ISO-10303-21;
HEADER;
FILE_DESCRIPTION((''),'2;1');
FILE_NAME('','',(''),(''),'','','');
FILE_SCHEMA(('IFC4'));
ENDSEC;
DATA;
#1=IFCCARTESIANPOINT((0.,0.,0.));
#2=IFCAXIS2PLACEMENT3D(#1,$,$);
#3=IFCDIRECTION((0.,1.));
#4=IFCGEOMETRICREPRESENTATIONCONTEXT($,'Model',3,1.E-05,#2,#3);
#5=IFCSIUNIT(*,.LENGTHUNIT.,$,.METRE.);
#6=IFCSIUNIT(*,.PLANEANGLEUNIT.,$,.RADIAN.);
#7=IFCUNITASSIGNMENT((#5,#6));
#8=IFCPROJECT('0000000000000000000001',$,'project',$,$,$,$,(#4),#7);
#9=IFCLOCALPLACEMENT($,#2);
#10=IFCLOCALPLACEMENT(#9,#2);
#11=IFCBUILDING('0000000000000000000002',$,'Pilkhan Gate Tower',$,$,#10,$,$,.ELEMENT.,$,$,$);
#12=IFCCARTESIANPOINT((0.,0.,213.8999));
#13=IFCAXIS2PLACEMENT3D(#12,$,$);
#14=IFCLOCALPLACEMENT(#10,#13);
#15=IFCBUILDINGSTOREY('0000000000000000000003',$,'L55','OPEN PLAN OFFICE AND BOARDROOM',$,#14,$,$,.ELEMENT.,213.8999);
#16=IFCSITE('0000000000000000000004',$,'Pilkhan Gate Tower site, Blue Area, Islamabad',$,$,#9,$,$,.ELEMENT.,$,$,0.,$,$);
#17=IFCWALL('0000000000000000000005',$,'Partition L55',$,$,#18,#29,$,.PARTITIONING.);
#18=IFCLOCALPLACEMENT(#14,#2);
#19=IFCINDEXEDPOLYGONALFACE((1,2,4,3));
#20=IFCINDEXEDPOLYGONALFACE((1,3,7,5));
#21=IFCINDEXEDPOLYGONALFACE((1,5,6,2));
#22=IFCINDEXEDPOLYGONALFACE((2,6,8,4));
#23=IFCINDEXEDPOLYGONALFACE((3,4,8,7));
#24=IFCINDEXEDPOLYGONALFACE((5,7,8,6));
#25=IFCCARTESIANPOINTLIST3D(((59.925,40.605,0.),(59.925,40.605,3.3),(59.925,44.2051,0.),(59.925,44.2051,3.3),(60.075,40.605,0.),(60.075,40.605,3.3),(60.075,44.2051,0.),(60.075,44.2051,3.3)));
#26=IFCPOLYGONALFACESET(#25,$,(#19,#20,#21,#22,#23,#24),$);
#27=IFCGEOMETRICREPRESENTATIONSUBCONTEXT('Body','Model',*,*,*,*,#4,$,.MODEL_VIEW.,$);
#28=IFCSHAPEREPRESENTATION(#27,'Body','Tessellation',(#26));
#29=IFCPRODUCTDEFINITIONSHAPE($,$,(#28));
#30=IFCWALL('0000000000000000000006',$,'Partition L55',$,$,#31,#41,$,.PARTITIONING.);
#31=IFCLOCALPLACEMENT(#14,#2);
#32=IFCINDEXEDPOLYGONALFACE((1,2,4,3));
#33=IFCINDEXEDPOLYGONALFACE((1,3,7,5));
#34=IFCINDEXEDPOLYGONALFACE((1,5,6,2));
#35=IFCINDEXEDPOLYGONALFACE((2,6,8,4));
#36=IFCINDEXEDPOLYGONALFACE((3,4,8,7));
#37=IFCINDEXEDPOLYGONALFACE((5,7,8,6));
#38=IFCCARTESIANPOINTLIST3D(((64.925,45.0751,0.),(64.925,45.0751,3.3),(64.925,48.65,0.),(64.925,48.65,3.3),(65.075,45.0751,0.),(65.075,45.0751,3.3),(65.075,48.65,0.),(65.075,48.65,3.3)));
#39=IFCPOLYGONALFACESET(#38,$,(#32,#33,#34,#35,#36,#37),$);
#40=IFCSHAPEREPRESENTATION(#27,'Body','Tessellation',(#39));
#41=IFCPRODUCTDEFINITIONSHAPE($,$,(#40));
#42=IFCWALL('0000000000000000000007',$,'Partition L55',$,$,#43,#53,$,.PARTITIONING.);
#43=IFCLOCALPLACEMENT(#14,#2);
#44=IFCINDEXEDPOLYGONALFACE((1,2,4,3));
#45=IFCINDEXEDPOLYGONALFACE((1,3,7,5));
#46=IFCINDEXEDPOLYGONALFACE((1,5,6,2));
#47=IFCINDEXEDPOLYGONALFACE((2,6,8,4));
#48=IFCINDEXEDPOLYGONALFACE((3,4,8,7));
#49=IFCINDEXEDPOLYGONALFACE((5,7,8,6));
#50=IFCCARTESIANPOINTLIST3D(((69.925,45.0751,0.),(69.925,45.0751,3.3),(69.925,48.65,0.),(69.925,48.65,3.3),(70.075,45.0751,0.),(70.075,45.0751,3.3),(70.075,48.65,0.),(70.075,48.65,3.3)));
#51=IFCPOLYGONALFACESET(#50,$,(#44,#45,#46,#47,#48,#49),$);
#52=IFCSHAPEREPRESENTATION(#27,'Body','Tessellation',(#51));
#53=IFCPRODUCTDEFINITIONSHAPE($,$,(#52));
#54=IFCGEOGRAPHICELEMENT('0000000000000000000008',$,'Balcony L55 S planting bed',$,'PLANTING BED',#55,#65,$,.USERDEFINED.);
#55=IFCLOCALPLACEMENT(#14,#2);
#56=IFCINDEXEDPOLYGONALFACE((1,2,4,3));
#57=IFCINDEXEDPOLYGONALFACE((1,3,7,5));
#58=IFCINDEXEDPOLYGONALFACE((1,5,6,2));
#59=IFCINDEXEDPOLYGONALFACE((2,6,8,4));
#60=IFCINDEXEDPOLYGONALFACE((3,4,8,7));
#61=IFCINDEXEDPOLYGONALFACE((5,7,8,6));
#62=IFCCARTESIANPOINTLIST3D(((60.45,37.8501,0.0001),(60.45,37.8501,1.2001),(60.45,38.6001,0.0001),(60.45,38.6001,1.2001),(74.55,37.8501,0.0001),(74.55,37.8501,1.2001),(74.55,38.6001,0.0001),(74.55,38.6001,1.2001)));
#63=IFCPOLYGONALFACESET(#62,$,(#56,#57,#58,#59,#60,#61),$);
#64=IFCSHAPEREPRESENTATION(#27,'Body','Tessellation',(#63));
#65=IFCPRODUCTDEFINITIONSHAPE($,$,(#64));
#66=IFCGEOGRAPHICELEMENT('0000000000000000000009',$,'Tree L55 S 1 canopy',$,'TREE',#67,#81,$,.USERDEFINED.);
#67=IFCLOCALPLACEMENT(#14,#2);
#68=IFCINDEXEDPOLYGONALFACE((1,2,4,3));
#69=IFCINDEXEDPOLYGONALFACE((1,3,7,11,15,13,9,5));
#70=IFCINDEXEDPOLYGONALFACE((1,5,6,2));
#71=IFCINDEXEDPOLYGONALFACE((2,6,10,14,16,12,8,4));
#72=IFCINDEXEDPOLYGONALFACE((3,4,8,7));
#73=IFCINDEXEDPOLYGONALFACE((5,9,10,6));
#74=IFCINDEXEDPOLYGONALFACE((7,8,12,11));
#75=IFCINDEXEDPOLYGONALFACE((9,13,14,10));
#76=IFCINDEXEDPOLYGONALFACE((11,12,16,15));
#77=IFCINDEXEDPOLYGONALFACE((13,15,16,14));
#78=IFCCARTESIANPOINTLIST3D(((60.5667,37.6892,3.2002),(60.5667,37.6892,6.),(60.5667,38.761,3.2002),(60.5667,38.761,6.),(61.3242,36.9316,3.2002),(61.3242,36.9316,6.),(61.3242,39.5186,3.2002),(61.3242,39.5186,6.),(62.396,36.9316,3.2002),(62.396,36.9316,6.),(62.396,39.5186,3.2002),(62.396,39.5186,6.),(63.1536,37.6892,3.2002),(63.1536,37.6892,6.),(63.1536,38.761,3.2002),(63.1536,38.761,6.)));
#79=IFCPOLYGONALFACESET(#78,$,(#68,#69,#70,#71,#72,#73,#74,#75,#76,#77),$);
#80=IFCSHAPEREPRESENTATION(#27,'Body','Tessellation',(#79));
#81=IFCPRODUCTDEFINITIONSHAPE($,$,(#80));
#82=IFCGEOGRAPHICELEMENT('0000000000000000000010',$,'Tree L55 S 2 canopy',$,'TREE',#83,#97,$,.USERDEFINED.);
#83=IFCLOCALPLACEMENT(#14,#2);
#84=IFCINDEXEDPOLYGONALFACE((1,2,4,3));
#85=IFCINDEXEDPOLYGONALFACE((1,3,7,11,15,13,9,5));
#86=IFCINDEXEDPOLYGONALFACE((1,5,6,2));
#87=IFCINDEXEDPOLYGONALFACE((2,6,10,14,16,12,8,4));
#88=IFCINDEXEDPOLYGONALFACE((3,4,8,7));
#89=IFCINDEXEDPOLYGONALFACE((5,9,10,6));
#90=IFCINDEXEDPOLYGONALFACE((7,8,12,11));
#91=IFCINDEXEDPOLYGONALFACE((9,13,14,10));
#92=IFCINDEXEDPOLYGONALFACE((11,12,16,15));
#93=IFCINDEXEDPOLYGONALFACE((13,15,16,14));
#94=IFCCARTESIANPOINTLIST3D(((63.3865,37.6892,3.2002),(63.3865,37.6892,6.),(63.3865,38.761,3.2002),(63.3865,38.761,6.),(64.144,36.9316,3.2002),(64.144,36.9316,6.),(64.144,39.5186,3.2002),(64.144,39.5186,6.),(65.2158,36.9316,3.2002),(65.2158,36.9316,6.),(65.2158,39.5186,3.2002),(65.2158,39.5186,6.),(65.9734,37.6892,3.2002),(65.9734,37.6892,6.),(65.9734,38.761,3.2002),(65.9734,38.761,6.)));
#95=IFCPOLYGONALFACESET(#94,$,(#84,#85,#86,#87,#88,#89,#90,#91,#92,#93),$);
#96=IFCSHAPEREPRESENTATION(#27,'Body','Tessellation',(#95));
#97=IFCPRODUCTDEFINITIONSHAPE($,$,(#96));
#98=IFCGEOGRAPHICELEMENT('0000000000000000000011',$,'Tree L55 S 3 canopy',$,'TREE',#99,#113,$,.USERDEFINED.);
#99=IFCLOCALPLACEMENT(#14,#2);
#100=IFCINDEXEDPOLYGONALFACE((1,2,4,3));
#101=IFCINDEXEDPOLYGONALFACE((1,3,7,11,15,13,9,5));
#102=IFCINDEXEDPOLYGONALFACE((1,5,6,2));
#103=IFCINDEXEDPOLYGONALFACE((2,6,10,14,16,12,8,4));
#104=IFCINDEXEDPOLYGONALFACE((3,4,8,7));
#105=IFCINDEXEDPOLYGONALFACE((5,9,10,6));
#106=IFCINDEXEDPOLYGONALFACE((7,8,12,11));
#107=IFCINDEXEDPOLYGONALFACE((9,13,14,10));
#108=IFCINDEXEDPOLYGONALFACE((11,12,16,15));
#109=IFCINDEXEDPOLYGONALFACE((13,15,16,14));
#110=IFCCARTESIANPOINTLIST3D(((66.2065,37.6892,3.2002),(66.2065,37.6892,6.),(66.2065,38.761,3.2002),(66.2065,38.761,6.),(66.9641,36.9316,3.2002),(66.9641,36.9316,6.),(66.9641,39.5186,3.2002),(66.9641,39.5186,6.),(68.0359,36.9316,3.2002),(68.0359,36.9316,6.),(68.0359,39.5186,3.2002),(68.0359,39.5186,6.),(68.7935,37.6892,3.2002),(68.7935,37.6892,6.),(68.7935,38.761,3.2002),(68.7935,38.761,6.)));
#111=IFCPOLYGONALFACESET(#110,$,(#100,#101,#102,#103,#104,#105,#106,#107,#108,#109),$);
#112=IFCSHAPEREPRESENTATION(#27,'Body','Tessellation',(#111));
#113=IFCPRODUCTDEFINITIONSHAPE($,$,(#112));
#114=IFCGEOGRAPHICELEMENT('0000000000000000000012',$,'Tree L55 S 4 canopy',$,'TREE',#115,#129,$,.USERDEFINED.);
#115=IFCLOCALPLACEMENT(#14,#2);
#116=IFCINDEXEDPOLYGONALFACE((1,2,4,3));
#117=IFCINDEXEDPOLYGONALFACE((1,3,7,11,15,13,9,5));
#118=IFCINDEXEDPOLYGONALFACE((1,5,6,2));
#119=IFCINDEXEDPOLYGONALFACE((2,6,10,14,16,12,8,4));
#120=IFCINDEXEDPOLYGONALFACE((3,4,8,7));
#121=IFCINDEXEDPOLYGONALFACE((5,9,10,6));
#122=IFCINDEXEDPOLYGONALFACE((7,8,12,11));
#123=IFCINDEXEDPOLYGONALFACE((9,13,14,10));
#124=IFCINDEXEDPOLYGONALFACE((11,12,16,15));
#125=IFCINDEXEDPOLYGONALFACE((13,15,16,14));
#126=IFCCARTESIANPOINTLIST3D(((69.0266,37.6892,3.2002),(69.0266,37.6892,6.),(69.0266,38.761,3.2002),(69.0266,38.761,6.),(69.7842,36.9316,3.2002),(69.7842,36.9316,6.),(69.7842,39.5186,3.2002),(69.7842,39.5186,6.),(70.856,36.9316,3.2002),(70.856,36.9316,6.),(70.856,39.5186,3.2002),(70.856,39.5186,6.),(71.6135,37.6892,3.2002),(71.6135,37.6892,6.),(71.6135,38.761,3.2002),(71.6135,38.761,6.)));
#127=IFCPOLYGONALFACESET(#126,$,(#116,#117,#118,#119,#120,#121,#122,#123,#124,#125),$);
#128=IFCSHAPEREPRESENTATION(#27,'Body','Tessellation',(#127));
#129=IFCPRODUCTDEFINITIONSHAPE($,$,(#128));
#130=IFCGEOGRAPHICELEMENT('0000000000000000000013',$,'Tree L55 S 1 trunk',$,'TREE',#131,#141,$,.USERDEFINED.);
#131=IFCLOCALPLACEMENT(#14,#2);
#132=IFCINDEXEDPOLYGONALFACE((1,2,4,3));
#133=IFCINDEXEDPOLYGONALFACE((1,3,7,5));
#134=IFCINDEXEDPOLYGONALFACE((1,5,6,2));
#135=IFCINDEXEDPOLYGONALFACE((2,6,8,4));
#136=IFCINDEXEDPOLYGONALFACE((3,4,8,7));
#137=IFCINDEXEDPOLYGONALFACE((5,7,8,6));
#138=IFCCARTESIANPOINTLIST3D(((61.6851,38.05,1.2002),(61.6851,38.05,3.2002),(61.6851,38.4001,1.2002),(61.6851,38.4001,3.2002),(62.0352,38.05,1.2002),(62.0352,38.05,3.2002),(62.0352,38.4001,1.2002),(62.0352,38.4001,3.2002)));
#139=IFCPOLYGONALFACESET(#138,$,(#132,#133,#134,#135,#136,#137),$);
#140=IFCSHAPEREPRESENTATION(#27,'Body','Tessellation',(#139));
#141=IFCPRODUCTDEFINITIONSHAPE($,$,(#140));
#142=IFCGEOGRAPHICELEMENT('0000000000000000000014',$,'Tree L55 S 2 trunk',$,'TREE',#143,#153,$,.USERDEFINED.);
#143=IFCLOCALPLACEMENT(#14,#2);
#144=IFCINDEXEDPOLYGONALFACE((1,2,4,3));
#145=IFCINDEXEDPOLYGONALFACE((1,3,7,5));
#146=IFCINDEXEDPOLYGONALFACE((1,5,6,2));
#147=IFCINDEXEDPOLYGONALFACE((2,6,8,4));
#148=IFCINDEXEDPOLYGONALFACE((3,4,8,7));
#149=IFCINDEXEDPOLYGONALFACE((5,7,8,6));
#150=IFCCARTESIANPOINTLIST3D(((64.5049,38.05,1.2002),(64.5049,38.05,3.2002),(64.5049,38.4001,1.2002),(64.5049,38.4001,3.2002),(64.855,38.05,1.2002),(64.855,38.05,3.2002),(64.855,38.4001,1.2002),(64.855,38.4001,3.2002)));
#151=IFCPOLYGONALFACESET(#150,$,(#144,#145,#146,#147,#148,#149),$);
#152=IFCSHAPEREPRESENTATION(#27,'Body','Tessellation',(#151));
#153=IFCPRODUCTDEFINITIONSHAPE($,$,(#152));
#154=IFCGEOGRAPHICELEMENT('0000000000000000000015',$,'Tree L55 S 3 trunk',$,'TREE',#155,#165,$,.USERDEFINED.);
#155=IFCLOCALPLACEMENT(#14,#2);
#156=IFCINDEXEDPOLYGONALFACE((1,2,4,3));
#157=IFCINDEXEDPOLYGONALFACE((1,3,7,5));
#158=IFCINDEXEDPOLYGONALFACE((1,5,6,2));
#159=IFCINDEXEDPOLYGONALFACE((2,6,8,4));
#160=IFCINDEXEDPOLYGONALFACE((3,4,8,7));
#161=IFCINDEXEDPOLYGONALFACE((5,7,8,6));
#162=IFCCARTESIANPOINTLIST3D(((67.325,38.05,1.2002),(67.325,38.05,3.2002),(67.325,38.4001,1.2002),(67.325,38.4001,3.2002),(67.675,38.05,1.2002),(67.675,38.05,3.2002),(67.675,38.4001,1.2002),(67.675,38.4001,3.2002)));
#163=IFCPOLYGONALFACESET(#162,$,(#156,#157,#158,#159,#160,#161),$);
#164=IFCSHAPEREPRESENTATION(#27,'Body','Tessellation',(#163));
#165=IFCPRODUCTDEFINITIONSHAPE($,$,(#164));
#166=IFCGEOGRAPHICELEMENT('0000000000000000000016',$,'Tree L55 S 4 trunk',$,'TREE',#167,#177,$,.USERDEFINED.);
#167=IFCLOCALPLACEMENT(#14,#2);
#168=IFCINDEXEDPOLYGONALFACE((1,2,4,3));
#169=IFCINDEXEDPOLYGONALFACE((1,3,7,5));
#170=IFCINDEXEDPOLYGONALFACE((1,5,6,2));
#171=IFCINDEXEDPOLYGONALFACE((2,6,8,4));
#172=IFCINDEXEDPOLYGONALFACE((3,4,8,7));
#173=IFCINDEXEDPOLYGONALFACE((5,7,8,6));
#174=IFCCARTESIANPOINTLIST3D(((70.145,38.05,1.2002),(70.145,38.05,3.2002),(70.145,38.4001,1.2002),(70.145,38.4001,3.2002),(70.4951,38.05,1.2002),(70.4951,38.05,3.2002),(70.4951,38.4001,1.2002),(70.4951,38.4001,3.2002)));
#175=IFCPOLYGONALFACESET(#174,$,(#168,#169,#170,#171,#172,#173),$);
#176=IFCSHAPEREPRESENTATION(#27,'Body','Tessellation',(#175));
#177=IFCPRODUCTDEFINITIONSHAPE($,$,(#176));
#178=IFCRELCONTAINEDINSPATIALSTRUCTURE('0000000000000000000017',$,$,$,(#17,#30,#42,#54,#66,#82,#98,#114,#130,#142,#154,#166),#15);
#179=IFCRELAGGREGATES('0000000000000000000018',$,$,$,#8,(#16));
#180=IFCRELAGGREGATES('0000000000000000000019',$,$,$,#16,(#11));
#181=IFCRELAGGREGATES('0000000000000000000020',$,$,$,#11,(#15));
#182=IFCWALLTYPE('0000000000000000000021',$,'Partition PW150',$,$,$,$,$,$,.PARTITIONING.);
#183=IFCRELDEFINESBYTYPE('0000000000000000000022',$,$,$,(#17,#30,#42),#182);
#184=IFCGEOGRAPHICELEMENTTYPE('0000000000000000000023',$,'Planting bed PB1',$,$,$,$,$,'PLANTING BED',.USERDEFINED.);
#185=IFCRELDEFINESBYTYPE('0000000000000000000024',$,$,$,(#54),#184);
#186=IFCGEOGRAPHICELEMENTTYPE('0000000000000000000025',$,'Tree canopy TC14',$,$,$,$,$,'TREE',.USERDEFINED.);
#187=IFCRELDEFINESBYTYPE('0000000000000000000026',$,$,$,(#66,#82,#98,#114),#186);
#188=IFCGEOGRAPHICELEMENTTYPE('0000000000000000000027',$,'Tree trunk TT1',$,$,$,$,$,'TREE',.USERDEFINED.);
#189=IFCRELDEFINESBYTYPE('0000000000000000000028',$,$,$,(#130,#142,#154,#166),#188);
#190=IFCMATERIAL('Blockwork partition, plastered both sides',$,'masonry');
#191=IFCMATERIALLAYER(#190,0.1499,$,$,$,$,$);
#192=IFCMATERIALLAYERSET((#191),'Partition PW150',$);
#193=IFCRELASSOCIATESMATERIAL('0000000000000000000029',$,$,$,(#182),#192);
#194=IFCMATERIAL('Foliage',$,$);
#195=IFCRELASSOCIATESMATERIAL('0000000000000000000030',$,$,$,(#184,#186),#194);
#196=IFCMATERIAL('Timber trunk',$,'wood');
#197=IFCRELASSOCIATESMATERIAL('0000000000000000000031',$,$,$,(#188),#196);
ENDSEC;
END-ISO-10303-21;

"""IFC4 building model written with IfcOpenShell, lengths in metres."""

from ifc_helpers import new_model, si_unit, direction, frame, frame_2d, origin, origin_2d, place, context, subcontext, project, spatial, polyline, rectangle, outline, extrude, material, layer, layer_set, material_profile, profile_set, type_object, element, save


model = new_model("IFC4")

# Units and contexts
model_context = context("Model", 3, precision=1e-05, world=origin(), true_north=direction((0.0, 1.0)))
body_context = subcontext(model_context, "Body", "Model", "MODEL_VIEW")
ifc_project = project(units=[si_unit("LENGTHUNIT", "METRE"), si_unit("PLANEANGLEUNIT", "RADIAN")], contexts=[model_context])

# Site, building, storey
site_placement = place(None, origin())
site = spatial("IfcSite", under=ifc_project, at=site_placement, Name="Pilkhan Gate Tower site, Blue Area, Islamabad", CompositionType="ELEMENT", RefElevation=0.0)
building_placement = place(site_placement, origin())
building = spatial("IfcBuilding", under=site, at=building_placement, Name="Pilkhan Gate Tower", CompositionType="ELEMENT")
storey_placement = place(building_placement, frame((0.0, 0.0, 213.8999)))
storey = spatial("IfcBuildingStorey", under=building, at=storey_placement, Name="L55", Description="OPEN PLAN OFFICE AND BOARDROOM", CompositionType="ELEMENT", Elevation=213.8999)

# Walls
ifc_material_1 = material(Name="Blockwork partition, plastered both sides", Category="masonry")
ifc_layer_1 = layer(ifc_material_1, 0.1499)
ifc_layer_set_1 = layer_set([ifc_layer_1], Name="Partition PW150")
wall_type_1 = type_object("IfcWallType", Name="Partition PW150", PredefinedType="PARTITIONING", material=ifc_layer_set_1)
wall_1_placement = place(storey_placement, frame((60.0, 40.605, 0.0), z_axis=(0.0, 0.0, 1.0), x_axis=(0.0, 1.0, 0.0)))
element("IfcWall", 1, at=wall_1_placement, inside=storey, type_object=wall_type_1, Name="Partition L55", PredefinedType="PARTITIONING", context=body_context, shape_type="SweptSolid", body=[
    extrude(rectangle(XDim=3.6001, YDim=0.1499, at=frame_2d((1.8, 0.0))), origin(), (0.0, 0.0, 1.0), 3.3),
])
for number, where, z_axis, x_axis, name in (
    (2, (65.0, 45.075, 0.0), (0.0, 0.0, 1.0), (0.0, 1.0, 0.0), "Partition L55"),
    (3, (70.0, 45.075, 0.0), (0.0, 0.0, 1.0), (0.0, 1.0, 0.0), "Partition L55"),
):
    element("IfcWall", number, at=place(storey_placement, frame(where, z_axis=z_axis, x_axis=x_axis)), inside=storey, type_object=wall_type_1, Name=name, PredefinedType="PARTITIONING", context=body_context, shape_type="SweptSolid", body=[
        extrude(rectangle(XDim=3.575, YDim=0.1499, at=frame_2d((1.7876, 0.0))), origin(), (0.0, 0.0, 1.0), 3.3),
    ])

# Geographic elements
ifc_material_2 = material(Name="Foliage")
ifc_material_profile_1 = material_profile(ifc_material_2, rectangle(XDim=0.75, YDim=1.2, at=origin_2d()), Name="Bed 750x1200")
ifc_profile_set_1 = profile_set([ifc_material_profile_1], Name="Foliage")
geographic_element_type_1 = type_object("IfcGeographicElementType", Name="Planting bed PB1", ElementType="PLANTING BED", PredefinedType="USERDEFINED", material=ifc_profile_set_1)
geographic_element_placement = place(storey_placement, frame((60.45, 38.2251, 0.6001), z_axis=(1.0, 0.0, 0.0), x_axis=(0.0, 1.0, 0.0)))
element("IfcGeographicElement", 4, at=geographic_element_placement, inside=storey, type_object=geographic_element_type_1, Name="Balcony L55 S planting bed", ObjectType="PLANTING BED", PredefinedType="USERDEFINED", context=body_context, shape_type="SweptSolid", body=[
    extrude(rectangle(XDim=0.75, YDim=1.2, at=origin_2d()), origin(), (0.0, 0.0, 1.0), 14.1001),
])
ifc_material_profile_2 = material_profile(ifc_material_2, outline(polyline([(1.2935, 0.5359), (0.5359, 1.2935), (-0.5359, 1.2935), (-1.2935, 0.5359), (-1.2935, -0.5359), (-0.5359, -1.2935), (0.5359, -1.2935), (1.2935, -0.5359), (1.2935, 0.5359)])), Name="Canopy D2.8")
ifc_profile_set_2 = profile_set([ifc_material_profile_2], Name="Foliage")
geographic_element_type_2 = type_object("IfcGeographicElementType", Name="Tree canopy TC14", ElementType="TREE", PredefinedType="USERDEFINED", material=ifc_profile_set_2)
for number, where, z_axis, x_axis, name in (
    (5, (61.8601, 38.2251, 3.2002), (0.0, 0.0, 1.0), (1.0, 0.0, 0.0), "Tree L55 S 1 canopy"),
    (6, (64.6799, 38.2251, 3.2002), (0.0, 0.0, 1.0), (1.0, 0.0, 0.0), "Tree L55 S 2 canopy"),
    (7, (67.5, 38.2251, 3.2002), (0.0, 0.0, 1.0), (1.0, 0.0, 0.0), "Tree L55 S 3 canopy"),
    (8, (70.3201, 38.2251, 3.2002), (0.0, 0.0, 1.0), (1.0, 0.0, 0.0), "Tree L55 S 4 canopy"),
):
    element("IfcGeographicElement", number, at=place(storey_placement, frame(where, z_axis=z_axis, x_axis=x_axis)), inside=storey, type_object=geographic_element_type_2, Name=name, ObjectType="TREE", PredefinedType="USERDEFINED", context=body_context, shape_type="SweptSolid", body=[
        extrude(outline(polyline([(1.2935, 0.5359), (0.5359, 1.2935), (-0.5359, 1.2935), (-1.2935, 0.5359), (-1.2935, -0.5359), (-0.5359, -1.2935), (0.5359, -1.2935), (1.2935, -0.5359), (1.2935, 0.5359)])), origin(), (0.0, 0.0, 1.0), 2.7998),
    ])
ifc_material_3 = material(Name="Timber trunk", Category="wood")
geographic_element_type_3 = type_object("IfcGeographicElementType", Name="Tree trunk TT1", ElementType="TREE", PredefinedType="USERDEFINED", material=ifc_material_3)
for number, where, z_axis, x_axis, name in (
    (9, (61.8601, 38.2251, 1.2002), (0.0, 0.0, 1.0), (1.0, 0.0, 0.0), "Tree L55 S 1 trunk"),
    (10, (64.6799, 38.2251, 1.2002), (0.0, 0.0, 1.0), (1.0, 0.0, 0.0), "Tree L55 S 2 trunk"),
    (11, (67.5, 38.2251, 1.2002), (0.0, 0.0, 1.0), (1.0, 0.0, 0.0), "Tree L55 S 3 trunk"),
    (12, (70.3201, 38.2251, 1.2002), (0.0, 0.0, 1.0), (1.0, 0.0, 0.0), "Tree L55 S 4 trunk"),
):
    element("IfcGeographicElement", number, at=place(storey_placement, frame(where, z_axis=z_axis, x_axis=x_axis)), inside=storey, type_object=geographic_element_type_3, Name=name, ObjectType="TREE", PredefinedType="USERDEFINED", context=body_context, shape_type="SweptSolid", body=[
        extrude(rectangle(XDim=0.3501, YDim=0.3501, at=origin_2d()), origin(), (0.0, 0.0, 1.0), 2.0),
    ])

save(model, "model.ifc")
